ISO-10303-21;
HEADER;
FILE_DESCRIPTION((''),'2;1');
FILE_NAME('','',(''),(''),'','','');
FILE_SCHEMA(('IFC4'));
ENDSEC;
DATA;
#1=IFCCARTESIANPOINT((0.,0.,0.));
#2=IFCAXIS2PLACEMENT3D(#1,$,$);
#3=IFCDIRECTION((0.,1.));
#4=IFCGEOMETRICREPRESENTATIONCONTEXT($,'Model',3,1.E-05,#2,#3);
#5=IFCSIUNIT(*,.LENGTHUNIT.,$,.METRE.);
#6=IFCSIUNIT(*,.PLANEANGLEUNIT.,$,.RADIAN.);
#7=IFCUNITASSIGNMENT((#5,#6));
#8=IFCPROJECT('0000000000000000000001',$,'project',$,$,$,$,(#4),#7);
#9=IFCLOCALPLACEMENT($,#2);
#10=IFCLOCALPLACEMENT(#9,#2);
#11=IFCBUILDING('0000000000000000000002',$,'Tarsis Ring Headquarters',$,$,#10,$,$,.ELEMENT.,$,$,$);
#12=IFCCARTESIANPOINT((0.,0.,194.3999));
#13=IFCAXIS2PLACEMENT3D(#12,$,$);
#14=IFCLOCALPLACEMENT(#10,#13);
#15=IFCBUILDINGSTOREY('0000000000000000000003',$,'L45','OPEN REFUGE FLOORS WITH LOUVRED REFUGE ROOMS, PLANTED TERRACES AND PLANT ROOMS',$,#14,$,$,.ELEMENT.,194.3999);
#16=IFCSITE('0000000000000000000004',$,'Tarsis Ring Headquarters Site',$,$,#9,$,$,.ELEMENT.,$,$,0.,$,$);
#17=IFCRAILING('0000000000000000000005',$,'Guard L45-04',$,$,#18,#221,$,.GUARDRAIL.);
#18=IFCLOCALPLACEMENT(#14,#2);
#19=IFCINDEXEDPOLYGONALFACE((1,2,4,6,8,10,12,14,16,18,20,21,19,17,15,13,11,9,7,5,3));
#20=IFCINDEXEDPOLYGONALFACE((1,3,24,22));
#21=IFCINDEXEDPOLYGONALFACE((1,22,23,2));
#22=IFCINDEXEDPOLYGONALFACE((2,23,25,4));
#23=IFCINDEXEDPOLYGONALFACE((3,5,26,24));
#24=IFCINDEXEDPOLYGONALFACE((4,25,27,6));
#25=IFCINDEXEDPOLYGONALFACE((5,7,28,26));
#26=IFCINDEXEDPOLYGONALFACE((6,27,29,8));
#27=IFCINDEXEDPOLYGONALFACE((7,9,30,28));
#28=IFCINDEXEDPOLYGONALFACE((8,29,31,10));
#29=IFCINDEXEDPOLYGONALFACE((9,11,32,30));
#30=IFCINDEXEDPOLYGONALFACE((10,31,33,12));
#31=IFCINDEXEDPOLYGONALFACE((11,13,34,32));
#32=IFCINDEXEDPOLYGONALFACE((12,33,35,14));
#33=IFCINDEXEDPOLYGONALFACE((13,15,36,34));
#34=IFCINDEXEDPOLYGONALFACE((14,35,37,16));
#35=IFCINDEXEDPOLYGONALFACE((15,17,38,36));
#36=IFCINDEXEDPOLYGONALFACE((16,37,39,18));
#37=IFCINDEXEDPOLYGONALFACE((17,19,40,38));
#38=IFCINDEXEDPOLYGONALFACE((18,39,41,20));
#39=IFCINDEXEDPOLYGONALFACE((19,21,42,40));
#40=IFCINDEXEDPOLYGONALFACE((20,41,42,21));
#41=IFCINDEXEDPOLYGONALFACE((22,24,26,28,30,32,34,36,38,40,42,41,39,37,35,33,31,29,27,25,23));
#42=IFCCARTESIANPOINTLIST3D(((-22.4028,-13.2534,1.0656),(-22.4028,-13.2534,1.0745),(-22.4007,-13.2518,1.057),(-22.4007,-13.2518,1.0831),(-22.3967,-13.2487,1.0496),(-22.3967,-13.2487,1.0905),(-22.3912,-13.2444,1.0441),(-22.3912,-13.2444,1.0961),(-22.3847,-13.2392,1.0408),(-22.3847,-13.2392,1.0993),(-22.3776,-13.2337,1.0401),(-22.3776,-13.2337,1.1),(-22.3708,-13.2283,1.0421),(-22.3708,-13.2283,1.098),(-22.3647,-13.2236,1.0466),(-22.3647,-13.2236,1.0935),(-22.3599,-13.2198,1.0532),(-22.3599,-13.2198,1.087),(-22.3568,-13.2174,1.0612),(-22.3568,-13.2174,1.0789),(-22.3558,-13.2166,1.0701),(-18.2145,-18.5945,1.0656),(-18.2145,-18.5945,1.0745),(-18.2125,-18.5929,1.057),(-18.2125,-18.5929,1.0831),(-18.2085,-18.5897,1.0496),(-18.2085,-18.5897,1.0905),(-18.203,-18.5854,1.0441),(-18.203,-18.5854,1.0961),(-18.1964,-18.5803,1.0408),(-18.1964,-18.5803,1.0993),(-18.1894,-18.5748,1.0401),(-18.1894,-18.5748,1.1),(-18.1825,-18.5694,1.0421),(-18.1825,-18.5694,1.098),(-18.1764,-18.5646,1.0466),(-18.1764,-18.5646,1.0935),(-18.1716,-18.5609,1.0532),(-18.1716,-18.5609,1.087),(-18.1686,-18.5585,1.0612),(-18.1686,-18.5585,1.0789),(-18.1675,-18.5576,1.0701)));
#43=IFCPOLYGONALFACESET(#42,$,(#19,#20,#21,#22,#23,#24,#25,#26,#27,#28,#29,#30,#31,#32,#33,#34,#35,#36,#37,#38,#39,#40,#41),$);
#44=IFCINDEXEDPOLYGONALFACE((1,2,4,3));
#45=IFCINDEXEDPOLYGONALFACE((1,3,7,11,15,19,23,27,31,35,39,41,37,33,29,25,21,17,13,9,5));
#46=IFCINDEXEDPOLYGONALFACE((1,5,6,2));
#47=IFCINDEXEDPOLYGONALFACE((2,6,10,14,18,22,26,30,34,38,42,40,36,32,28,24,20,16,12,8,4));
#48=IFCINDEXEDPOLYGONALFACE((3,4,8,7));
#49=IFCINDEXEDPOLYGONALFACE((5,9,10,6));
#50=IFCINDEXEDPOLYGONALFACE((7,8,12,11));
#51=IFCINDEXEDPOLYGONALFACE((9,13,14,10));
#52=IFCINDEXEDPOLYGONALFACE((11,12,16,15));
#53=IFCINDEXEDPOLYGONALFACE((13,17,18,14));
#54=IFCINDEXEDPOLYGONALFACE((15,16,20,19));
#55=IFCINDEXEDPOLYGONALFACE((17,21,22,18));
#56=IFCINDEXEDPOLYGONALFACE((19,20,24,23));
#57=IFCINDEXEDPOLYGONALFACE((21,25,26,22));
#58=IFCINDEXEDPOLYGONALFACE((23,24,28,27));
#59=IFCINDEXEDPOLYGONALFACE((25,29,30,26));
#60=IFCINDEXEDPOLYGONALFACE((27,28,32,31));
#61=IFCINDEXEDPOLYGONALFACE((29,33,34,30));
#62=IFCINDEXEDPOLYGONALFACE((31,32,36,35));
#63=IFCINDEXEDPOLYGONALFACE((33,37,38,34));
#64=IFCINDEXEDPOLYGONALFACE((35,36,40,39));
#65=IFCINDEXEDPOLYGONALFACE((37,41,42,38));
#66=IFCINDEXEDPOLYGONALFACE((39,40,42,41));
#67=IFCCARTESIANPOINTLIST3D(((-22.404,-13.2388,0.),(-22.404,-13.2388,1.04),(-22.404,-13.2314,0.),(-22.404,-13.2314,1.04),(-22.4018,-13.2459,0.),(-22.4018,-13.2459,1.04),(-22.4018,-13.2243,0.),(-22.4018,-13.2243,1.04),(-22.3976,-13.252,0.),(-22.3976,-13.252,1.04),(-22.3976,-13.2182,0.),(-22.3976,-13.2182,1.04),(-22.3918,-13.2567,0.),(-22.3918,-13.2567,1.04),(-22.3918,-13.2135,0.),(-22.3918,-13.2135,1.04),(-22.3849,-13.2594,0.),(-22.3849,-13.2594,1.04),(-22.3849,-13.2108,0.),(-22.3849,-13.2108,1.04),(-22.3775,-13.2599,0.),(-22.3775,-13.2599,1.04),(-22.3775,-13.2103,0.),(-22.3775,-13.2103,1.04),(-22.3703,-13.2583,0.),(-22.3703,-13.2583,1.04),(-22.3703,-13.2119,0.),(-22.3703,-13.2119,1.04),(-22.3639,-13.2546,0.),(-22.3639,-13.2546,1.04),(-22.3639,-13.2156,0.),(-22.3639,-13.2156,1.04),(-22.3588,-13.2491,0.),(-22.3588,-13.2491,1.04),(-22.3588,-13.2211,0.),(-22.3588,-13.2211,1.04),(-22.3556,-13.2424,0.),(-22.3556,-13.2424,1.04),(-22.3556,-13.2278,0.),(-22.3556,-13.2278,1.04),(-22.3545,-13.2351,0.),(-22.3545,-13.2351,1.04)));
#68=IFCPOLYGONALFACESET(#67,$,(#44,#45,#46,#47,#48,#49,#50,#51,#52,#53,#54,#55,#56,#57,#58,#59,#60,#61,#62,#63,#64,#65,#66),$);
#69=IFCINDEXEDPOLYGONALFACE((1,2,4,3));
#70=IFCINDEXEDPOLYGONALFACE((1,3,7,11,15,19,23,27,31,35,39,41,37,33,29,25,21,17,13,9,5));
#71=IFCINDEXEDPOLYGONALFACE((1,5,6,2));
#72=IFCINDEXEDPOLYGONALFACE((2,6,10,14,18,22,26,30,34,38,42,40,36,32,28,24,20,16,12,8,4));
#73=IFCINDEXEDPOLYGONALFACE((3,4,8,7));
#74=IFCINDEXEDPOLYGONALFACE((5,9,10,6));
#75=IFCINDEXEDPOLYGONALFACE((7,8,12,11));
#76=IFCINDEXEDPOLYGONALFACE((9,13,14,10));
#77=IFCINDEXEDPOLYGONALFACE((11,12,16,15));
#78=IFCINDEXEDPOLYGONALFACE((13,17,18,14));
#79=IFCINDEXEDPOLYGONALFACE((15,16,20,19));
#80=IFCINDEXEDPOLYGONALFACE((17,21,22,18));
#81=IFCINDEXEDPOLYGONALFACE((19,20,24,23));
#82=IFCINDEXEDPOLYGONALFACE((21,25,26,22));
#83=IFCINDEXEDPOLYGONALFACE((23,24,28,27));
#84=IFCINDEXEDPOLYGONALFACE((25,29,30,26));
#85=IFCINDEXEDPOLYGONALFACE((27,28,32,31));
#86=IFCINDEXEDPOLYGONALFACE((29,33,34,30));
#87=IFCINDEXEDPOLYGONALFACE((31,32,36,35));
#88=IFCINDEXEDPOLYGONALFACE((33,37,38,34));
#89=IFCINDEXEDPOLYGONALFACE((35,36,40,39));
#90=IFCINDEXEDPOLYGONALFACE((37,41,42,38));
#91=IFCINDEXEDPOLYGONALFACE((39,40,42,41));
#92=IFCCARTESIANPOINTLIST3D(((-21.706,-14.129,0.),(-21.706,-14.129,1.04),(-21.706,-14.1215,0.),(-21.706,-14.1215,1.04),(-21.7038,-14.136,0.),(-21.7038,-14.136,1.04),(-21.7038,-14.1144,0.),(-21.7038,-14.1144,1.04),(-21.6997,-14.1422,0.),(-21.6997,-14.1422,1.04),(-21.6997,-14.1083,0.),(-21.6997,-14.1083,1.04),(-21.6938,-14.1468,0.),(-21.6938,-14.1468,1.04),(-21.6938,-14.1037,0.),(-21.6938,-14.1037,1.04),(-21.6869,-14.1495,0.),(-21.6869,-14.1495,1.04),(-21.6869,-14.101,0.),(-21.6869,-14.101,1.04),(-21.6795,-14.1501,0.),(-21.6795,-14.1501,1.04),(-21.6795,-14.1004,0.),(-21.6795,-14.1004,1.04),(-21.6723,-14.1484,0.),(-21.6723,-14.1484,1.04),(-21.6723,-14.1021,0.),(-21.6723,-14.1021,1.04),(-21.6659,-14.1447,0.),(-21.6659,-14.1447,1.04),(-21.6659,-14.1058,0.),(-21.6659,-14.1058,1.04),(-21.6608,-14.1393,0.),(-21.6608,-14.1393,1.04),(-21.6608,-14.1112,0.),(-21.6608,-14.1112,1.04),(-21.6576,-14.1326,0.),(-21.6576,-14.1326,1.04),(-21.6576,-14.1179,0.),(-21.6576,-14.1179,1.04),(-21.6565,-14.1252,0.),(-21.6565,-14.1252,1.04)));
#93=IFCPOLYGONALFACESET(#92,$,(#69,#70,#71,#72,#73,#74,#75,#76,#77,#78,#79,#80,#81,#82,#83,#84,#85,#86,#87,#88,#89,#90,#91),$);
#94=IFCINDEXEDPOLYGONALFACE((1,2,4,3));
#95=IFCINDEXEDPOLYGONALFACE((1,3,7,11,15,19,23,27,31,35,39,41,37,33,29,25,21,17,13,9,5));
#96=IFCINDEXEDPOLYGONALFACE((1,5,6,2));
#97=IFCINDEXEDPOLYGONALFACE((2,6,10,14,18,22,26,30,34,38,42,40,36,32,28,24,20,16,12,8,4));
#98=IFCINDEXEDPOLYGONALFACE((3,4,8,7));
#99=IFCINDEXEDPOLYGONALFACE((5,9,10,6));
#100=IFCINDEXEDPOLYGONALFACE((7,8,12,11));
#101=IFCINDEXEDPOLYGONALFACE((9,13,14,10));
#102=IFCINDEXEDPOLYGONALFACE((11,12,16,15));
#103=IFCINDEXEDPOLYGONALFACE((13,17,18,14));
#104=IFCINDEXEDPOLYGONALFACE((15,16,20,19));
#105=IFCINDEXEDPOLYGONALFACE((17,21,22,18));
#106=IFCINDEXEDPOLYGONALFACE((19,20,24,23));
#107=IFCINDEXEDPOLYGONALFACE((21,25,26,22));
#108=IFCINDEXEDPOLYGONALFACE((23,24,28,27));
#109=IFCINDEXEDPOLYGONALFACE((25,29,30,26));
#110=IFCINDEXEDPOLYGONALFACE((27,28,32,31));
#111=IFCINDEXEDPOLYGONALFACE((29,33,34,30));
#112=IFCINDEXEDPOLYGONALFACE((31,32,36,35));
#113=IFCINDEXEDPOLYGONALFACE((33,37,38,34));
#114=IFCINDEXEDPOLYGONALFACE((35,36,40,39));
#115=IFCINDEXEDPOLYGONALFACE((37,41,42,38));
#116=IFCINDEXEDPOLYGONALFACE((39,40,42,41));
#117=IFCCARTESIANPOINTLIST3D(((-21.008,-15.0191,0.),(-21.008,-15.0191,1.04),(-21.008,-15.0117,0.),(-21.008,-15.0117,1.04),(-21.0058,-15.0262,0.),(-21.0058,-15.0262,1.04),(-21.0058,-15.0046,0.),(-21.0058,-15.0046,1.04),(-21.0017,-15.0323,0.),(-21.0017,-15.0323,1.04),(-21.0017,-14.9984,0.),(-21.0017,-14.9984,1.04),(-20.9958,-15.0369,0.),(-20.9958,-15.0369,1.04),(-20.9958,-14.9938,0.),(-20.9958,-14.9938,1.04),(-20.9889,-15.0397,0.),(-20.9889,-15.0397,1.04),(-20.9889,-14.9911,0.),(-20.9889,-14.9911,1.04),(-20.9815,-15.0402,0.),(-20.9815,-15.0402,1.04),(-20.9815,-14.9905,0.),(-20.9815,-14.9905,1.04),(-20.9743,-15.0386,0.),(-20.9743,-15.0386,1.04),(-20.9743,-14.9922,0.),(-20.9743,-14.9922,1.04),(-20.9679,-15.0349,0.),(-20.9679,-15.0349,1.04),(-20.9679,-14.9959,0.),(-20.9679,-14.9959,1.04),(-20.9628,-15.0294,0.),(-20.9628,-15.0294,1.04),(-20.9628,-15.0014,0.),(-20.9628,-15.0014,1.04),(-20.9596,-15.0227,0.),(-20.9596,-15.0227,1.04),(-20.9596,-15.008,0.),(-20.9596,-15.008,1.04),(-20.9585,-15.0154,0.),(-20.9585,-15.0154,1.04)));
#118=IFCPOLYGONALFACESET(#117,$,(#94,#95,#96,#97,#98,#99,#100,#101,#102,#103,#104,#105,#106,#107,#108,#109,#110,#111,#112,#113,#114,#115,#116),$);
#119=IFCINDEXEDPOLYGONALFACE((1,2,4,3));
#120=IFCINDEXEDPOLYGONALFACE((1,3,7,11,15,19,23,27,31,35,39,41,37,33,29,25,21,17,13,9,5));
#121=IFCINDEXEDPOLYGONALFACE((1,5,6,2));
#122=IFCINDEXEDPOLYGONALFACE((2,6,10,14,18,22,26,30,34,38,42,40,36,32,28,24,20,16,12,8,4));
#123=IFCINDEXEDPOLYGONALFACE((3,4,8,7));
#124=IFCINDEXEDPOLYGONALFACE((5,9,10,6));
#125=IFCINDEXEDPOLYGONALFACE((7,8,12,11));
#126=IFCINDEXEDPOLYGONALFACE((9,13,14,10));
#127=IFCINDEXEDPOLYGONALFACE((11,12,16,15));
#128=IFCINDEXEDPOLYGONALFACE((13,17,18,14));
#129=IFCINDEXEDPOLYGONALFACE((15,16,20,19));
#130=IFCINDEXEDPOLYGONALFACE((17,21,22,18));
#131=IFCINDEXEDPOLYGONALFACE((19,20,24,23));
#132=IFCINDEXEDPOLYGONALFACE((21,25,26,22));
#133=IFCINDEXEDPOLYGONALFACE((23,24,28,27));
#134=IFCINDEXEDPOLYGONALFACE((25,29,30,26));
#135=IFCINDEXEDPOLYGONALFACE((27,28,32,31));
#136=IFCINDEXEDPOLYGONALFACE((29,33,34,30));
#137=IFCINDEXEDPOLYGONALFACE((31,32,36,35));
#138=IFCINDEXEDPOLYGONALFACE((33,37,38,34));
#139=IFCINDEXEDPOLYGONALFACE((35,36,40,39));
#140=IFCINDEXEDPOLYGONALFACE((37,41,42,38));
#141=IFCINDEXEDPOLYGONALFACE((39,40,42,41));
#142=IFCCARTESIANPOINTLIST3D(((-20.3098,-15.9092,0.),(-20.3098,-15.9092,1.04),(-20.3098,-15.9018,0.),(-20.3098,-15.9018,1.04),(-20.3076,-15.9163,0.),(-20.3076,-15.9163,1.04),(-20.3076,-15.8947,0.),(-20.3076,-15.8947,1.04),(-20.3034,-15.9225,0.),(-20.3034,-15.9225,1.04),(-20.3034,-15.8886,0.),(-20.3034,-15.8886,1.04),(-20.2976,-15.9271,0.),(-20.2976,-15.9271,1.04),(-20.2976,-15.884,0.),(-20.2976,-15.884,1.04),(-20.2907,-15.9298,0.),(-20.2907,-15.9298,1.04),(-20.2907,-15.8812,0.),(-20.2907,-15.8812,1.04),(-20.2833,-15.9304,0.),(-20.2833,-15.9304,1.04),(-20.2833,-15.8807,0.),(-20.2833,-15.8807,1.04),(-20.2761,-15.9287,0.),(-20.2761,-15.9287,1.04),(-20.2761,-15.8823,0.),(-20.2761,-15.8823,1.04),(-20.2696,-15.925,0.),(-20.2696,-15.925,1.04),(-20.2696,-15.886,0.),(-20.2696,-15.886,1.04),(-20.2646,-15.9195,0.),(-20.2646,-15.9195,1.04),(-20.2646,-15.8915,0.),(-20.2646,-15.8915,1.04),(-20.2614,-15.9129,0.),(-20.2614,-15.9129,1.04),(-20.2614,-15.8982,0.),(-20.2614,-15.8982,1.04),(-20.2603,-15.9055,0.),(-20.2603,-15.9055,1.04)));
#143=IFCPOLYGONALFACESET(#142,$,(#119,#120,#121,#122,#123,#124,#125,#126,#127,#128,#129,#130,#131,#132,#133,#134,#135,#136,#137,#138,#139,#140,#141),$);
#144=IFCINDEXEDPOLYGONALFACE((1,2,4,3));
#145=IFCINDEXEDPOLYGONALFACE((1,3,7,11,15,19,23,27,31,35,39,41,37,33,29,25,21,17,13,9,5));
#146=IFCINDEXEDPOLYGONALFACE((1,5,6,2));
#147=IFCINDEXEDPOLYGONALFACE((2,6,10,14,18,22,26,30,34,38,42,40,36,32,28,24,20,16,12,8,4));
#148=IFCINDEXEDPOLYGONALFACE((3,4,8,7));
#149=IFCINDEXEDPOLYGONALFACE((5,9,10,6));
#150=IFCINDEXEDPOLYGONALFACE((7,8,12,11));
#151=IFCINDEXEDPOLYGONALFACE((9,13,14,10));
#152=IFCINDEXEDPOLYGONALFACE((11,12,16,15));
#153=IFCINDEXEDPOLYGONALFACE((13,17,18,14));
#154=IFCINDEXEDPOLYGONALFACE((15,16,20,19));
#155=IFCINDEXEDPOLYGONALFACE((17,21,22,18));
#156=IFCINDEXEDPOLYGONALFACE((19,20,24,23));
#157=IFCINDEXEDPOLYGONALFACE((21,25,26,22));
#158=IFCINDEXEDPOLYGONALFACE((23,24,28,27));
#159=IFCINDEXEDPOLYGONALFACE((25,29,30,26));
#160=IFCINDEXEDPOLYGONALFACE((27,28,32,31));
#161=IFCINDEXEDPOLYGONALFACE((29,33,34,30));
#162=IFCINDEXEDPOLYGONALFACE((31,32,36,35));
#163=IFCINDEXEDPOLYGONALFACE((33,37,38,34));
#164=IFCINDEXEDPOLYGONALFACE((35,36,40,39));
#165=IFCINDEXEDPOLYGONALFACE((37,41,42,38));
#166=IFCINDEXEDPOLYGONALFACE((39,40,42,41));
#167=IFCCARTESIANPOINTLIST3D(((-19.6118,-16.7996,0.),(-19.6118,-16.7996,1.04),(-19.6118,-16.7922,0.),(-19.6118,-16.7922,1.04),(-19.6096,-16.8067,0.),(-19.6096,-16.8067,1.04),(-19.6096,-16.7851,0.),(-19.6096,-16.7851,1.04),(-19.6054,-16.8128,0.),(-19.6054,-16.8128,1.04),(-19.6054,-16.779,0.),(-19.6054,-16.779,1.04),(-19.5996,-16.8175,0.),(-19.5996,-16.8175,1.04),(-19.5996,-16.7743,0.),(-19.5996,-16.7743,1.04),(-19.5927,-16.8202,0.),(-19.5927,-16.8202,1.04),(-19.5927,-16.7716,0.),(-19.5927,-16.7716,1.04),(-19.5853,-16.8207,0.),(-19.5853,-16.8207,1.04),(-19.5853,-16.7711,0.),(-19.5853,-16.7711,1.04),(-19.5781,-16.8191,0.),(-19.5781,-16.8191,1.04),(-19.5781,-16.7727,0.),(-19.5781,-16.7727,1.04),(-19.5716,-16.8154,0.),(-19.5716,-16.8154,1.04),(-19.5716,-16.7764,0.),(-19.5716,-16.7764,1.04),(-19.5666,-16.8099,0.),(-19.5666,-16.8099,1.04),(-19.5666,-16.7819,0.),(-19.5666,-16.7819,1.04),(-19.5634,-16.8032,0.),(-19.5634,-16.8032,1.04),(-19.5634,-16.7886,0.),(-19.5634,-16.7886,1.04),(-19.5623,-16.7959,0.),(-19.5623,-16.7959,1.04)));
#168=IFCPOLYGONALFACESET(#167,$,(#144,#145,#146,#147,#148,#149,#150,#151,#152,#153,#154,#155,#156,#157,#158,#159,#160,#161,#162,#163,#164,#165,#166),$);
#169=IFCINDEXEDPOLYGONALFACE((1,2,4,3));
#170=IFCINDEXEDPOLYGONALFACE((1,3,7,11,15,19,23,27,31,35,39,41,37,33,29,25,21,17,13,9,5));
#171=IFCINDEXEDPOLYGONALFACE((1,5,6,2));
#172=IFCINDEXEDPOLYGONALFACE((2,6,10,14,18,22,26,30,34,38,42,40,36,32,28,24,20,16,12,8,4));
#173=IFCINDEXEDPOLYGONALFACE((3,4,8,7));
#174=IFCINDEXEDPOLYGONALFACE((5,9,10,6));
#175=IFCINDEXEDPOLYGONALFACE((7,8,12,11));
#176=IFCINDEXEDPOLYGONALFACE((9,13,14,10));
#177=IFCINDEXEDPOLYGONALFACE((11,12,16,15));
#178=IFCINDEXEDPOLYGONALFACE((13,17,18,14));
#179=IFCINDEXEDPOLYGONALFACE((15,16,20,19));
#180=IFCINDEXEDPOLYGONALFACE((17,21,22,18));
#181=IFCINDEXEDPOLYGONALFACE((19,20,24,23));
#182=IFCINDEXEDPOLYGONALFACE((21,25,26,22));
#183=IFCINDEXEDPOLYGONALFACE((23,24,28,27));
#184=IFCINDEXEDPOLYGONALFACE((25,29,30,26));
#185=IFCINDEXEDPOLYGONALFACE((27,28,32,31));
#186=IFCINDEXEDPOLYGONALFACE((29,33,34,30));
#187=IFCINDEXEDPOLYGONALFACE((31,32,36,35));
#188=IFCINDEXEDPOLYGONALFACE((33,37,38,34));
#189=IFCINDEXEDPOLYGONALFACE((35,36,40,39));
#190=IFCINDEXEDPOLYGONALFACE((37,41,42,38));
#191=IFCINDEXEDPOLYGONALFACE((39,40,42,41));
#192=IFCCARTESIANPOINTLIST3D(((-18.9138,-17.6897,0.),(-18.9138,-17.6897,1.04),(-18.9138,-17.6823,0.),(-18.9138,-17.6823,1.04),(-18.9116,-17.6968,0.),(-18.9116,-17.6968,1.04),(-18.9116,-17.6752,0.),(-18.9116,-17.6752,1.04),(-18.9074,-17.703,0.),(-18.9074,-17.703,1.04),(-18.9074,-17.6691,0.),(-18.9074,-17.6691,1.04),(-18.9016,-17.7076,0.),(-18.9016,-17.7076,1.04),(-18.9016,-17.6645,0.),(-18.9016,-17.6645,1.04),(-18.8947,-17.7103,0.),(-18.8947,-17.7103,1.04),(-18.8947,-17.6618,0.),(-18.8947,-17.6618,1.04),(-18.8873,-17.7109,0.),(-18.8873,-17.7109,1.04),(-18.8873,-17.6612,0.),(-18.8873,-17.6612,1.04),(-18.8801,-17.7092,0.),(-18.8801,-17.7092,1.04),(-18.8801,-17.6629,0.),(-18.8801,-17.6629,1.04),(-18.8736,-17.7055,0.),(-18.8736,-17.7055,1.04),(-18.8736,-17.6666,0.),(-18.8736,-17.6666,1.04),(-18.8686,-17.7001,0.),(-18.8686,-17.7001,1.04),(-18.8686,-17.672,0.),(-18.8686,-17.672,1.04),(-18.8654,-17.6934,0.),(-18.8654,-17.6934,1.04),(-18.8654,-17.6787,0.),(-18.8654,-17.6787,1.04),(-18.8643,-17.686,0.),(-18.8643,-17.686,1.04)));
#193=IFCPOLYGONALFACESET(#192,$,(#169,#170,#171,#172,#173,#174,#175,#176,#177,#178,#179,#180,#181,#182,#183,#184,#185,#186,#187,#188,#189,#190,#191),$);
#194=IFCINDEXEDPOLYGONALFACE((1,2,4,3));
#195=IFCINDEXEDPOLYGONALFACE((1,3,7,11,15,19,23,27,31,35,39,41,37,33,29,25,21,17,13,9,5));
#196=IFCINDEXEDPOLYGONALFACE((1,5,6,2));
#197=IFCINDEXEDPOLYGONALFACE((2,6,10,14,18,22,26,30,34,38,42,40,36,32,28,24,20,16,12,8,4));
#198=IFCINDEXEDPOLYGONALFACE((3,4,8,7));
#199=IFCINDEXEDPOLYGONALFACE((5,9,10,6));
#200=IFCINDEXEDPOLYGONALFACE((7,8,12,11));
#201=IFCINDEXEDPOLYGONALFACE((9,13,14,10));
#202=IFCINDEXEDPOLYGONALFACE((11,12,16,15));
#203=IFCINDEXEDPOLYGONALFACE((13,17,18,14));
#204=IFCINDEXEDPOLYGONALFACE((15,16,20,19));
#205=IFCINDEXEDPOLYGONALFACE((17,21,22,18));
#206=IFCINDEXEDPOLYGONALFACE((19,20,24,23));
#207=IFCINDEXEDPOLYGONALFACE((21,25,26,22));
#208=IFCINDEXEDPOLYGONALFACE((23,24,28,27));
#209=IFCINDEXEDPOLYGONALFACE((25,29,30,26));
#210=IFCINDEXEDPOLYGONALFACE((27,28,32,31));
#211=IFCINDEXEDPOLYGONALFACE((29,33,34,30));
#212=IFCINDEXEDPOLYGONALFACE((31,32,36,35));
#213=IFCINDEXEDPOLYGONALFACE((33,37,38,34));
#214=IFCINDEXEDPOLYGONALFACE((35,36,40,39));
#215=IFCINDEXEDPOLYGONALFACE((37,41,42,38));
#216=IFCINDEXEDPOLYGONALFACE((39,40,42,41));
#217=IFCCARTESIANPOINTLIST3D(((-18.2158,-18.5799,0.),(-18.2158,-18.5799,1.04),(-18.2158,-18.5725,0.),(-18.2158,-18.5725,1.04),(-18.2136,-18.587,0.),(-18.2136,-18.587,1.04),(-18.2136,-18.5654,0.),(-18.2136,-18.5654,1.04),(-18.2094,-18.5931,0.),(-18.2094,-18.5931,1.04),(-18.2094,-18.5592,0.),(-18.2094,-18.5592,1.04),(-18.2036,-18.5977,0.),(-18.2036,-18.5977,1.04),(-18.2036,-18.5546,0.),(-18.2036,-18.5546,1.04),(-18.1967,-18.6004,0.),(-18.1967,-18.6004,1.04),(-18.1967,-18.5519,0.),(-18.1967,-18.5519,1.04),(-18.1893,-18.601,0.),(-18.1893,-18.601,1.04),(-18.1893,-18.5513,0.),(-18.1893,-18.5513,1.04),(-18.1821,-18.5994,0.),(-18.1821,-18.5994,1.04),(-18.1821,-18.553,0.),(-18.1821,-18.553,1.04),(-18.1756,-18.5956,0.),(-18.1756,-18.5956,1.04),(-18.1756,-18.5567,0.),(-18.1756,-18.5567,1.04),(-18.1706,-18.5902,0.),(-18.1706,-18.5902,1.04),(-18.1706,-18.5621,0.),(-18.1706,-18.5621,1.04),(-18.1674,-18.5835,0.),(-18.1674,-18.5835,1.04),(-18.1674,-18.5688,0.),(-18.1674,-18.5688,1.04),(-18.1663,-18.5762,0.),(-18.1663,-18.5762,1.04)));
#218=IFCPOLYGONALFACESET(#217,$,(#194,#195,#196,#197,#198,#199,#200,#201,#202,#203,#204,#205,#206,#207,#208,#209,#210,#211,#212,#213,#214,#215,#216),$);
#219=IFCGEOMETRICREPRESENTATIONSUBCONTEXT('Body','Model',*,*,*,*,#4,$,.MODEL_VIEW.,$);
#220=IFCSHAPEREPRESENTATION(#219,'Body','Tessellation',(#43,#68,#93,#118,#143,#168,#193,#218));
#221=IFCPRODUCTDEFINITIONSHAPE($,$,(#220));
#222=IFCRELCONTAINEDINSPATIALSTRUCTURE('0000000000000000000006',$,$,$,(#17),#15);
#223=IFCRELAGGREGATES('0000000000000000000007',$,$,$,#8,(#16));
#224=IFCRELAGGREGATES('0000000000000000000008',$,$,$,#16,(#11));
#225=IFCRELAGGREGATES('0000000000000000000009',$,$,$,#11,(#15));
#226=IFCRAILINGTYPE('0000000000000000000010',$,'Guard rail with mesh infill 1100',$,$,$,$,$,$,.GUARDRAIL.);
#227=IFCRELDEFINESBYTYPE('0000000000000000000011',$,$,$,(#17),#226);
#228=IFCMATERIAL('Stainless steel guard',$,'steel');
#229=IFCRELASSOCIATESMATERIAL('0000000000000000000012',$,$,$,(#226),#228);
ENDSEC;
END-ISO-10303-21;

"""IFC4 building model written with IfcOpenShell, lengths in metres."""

from ifc_helpers import new_model, si_unit, direction, frame, origin, origin_2d, place, context, subcontext, project, spatial, circle, extrude, material, type_object, element, save


model = new_model("IFC4")

# Units and contexts
model_context = context("Model", 3, precision=1e-05, world=origin(), true_north=direction((0.0, 1.0)))
body_context = subcontext(model_context, "Body", "Model", "MODEL_VIEW")
ifc_project = project(units=[si_unit("LENGTHUNIT", "METRE"), si_unit("PLANEANGLEUNIT", "RADIAN")], contexts=[model_context])

# Site, building, storey
site_placement = place(None, origin())
site = spatial("IfcSite", under=ifc_project, at=site_placement, Name="Tarsis Ring Headquarters Site", CompositionType="ELEMENT", RefElevation=0.0)
building_placement = place(site_placement, origin())
building = spatial("IfcBuilding", under=site, at=building_placement, Name="Tarsis Ring Headquarters", CompositionType="ELEMENT")
storey_placement = place(building_placement, frame((0.0, 0.0, 194.3999)))
storey = spatial("IfcBuildingStorey", under=building, at=storey_placement, Name="L45", Description="OPEN REFUGE FLOORS WITH LOUVRED REFUGE ROOMS, PLANTED TERRACES AND PLANT ROOMS", CompositionType="ELEMENT", Elevation=194.3999)

# Railing
ifc_material_1 = material(Name="Stainless steel guard", Category="steel")
railing_type = type_object("IfcRailingType", Name="Guard rail with mesh infill 1100", PredefinedType="GUARDRAIL", material=ifc_material_1)
railing_1_placement = place(storey_placement, frame((-22.3794, -13.2351, 0.0)))
element("IfcRailing", 1, at=railing_1_placement, inside=storey, type_object=railing_type, Name="Guard L45-04", PredefinedType="GUARDRAIL", context=body_context, shape_type="SweptSolid", body=[
    extrude(circle(Radius=0.03, at=origin_2d()), frame((0.0, 0.0, 1.0701), z_axis=(0.617064, -0.786913, 0.0), x_axis=(0.786913, 0.617064, 0.0)), (0.0, 0.0, 1.0), 6.7874),
    extrude(circle(Radius=0.0249, at=origin_2d()), origin(), (0.0, 0.0, 1.0), 1.04),
    extrude(circle(Radius=0.0249, at=origin_2d()), frame((0.698, -0.8901, 0.0)), (0.0, 0.0, 1.0), 1.04),
    extrude(circle(Radius=0.0249, at=origin_2d()), frame((1.396, -1.7803, 0.0)), (0.0, 0.0, 1.0), 1.04),
    extrude(circle(Radius=0.0249, at=origin_2d()), frame((2.0942, -2.6704, 0.0)), (0.0, 0.0, 1.0), 1.04),
    extrude(circle(Radius=0.0249, at=origin_2d()), frame((2.7922, -3.5608, 0.0)), (0.0, 0.0, 1.0), 1.04),
    extrude(circle(Radius=0.0249, at=origin_2d()), frame((3.4902, -4.4509, 0.0)), (0.0, 0.0, 1.0), 1.04),
    extrude(circle(Radius=0.0249, at=origin_2d()), frame((4.1882, -5.3411, 0.0)), (0.0, 0.0, 1.0), 1.04),
])

save(model, "model.ifc")
